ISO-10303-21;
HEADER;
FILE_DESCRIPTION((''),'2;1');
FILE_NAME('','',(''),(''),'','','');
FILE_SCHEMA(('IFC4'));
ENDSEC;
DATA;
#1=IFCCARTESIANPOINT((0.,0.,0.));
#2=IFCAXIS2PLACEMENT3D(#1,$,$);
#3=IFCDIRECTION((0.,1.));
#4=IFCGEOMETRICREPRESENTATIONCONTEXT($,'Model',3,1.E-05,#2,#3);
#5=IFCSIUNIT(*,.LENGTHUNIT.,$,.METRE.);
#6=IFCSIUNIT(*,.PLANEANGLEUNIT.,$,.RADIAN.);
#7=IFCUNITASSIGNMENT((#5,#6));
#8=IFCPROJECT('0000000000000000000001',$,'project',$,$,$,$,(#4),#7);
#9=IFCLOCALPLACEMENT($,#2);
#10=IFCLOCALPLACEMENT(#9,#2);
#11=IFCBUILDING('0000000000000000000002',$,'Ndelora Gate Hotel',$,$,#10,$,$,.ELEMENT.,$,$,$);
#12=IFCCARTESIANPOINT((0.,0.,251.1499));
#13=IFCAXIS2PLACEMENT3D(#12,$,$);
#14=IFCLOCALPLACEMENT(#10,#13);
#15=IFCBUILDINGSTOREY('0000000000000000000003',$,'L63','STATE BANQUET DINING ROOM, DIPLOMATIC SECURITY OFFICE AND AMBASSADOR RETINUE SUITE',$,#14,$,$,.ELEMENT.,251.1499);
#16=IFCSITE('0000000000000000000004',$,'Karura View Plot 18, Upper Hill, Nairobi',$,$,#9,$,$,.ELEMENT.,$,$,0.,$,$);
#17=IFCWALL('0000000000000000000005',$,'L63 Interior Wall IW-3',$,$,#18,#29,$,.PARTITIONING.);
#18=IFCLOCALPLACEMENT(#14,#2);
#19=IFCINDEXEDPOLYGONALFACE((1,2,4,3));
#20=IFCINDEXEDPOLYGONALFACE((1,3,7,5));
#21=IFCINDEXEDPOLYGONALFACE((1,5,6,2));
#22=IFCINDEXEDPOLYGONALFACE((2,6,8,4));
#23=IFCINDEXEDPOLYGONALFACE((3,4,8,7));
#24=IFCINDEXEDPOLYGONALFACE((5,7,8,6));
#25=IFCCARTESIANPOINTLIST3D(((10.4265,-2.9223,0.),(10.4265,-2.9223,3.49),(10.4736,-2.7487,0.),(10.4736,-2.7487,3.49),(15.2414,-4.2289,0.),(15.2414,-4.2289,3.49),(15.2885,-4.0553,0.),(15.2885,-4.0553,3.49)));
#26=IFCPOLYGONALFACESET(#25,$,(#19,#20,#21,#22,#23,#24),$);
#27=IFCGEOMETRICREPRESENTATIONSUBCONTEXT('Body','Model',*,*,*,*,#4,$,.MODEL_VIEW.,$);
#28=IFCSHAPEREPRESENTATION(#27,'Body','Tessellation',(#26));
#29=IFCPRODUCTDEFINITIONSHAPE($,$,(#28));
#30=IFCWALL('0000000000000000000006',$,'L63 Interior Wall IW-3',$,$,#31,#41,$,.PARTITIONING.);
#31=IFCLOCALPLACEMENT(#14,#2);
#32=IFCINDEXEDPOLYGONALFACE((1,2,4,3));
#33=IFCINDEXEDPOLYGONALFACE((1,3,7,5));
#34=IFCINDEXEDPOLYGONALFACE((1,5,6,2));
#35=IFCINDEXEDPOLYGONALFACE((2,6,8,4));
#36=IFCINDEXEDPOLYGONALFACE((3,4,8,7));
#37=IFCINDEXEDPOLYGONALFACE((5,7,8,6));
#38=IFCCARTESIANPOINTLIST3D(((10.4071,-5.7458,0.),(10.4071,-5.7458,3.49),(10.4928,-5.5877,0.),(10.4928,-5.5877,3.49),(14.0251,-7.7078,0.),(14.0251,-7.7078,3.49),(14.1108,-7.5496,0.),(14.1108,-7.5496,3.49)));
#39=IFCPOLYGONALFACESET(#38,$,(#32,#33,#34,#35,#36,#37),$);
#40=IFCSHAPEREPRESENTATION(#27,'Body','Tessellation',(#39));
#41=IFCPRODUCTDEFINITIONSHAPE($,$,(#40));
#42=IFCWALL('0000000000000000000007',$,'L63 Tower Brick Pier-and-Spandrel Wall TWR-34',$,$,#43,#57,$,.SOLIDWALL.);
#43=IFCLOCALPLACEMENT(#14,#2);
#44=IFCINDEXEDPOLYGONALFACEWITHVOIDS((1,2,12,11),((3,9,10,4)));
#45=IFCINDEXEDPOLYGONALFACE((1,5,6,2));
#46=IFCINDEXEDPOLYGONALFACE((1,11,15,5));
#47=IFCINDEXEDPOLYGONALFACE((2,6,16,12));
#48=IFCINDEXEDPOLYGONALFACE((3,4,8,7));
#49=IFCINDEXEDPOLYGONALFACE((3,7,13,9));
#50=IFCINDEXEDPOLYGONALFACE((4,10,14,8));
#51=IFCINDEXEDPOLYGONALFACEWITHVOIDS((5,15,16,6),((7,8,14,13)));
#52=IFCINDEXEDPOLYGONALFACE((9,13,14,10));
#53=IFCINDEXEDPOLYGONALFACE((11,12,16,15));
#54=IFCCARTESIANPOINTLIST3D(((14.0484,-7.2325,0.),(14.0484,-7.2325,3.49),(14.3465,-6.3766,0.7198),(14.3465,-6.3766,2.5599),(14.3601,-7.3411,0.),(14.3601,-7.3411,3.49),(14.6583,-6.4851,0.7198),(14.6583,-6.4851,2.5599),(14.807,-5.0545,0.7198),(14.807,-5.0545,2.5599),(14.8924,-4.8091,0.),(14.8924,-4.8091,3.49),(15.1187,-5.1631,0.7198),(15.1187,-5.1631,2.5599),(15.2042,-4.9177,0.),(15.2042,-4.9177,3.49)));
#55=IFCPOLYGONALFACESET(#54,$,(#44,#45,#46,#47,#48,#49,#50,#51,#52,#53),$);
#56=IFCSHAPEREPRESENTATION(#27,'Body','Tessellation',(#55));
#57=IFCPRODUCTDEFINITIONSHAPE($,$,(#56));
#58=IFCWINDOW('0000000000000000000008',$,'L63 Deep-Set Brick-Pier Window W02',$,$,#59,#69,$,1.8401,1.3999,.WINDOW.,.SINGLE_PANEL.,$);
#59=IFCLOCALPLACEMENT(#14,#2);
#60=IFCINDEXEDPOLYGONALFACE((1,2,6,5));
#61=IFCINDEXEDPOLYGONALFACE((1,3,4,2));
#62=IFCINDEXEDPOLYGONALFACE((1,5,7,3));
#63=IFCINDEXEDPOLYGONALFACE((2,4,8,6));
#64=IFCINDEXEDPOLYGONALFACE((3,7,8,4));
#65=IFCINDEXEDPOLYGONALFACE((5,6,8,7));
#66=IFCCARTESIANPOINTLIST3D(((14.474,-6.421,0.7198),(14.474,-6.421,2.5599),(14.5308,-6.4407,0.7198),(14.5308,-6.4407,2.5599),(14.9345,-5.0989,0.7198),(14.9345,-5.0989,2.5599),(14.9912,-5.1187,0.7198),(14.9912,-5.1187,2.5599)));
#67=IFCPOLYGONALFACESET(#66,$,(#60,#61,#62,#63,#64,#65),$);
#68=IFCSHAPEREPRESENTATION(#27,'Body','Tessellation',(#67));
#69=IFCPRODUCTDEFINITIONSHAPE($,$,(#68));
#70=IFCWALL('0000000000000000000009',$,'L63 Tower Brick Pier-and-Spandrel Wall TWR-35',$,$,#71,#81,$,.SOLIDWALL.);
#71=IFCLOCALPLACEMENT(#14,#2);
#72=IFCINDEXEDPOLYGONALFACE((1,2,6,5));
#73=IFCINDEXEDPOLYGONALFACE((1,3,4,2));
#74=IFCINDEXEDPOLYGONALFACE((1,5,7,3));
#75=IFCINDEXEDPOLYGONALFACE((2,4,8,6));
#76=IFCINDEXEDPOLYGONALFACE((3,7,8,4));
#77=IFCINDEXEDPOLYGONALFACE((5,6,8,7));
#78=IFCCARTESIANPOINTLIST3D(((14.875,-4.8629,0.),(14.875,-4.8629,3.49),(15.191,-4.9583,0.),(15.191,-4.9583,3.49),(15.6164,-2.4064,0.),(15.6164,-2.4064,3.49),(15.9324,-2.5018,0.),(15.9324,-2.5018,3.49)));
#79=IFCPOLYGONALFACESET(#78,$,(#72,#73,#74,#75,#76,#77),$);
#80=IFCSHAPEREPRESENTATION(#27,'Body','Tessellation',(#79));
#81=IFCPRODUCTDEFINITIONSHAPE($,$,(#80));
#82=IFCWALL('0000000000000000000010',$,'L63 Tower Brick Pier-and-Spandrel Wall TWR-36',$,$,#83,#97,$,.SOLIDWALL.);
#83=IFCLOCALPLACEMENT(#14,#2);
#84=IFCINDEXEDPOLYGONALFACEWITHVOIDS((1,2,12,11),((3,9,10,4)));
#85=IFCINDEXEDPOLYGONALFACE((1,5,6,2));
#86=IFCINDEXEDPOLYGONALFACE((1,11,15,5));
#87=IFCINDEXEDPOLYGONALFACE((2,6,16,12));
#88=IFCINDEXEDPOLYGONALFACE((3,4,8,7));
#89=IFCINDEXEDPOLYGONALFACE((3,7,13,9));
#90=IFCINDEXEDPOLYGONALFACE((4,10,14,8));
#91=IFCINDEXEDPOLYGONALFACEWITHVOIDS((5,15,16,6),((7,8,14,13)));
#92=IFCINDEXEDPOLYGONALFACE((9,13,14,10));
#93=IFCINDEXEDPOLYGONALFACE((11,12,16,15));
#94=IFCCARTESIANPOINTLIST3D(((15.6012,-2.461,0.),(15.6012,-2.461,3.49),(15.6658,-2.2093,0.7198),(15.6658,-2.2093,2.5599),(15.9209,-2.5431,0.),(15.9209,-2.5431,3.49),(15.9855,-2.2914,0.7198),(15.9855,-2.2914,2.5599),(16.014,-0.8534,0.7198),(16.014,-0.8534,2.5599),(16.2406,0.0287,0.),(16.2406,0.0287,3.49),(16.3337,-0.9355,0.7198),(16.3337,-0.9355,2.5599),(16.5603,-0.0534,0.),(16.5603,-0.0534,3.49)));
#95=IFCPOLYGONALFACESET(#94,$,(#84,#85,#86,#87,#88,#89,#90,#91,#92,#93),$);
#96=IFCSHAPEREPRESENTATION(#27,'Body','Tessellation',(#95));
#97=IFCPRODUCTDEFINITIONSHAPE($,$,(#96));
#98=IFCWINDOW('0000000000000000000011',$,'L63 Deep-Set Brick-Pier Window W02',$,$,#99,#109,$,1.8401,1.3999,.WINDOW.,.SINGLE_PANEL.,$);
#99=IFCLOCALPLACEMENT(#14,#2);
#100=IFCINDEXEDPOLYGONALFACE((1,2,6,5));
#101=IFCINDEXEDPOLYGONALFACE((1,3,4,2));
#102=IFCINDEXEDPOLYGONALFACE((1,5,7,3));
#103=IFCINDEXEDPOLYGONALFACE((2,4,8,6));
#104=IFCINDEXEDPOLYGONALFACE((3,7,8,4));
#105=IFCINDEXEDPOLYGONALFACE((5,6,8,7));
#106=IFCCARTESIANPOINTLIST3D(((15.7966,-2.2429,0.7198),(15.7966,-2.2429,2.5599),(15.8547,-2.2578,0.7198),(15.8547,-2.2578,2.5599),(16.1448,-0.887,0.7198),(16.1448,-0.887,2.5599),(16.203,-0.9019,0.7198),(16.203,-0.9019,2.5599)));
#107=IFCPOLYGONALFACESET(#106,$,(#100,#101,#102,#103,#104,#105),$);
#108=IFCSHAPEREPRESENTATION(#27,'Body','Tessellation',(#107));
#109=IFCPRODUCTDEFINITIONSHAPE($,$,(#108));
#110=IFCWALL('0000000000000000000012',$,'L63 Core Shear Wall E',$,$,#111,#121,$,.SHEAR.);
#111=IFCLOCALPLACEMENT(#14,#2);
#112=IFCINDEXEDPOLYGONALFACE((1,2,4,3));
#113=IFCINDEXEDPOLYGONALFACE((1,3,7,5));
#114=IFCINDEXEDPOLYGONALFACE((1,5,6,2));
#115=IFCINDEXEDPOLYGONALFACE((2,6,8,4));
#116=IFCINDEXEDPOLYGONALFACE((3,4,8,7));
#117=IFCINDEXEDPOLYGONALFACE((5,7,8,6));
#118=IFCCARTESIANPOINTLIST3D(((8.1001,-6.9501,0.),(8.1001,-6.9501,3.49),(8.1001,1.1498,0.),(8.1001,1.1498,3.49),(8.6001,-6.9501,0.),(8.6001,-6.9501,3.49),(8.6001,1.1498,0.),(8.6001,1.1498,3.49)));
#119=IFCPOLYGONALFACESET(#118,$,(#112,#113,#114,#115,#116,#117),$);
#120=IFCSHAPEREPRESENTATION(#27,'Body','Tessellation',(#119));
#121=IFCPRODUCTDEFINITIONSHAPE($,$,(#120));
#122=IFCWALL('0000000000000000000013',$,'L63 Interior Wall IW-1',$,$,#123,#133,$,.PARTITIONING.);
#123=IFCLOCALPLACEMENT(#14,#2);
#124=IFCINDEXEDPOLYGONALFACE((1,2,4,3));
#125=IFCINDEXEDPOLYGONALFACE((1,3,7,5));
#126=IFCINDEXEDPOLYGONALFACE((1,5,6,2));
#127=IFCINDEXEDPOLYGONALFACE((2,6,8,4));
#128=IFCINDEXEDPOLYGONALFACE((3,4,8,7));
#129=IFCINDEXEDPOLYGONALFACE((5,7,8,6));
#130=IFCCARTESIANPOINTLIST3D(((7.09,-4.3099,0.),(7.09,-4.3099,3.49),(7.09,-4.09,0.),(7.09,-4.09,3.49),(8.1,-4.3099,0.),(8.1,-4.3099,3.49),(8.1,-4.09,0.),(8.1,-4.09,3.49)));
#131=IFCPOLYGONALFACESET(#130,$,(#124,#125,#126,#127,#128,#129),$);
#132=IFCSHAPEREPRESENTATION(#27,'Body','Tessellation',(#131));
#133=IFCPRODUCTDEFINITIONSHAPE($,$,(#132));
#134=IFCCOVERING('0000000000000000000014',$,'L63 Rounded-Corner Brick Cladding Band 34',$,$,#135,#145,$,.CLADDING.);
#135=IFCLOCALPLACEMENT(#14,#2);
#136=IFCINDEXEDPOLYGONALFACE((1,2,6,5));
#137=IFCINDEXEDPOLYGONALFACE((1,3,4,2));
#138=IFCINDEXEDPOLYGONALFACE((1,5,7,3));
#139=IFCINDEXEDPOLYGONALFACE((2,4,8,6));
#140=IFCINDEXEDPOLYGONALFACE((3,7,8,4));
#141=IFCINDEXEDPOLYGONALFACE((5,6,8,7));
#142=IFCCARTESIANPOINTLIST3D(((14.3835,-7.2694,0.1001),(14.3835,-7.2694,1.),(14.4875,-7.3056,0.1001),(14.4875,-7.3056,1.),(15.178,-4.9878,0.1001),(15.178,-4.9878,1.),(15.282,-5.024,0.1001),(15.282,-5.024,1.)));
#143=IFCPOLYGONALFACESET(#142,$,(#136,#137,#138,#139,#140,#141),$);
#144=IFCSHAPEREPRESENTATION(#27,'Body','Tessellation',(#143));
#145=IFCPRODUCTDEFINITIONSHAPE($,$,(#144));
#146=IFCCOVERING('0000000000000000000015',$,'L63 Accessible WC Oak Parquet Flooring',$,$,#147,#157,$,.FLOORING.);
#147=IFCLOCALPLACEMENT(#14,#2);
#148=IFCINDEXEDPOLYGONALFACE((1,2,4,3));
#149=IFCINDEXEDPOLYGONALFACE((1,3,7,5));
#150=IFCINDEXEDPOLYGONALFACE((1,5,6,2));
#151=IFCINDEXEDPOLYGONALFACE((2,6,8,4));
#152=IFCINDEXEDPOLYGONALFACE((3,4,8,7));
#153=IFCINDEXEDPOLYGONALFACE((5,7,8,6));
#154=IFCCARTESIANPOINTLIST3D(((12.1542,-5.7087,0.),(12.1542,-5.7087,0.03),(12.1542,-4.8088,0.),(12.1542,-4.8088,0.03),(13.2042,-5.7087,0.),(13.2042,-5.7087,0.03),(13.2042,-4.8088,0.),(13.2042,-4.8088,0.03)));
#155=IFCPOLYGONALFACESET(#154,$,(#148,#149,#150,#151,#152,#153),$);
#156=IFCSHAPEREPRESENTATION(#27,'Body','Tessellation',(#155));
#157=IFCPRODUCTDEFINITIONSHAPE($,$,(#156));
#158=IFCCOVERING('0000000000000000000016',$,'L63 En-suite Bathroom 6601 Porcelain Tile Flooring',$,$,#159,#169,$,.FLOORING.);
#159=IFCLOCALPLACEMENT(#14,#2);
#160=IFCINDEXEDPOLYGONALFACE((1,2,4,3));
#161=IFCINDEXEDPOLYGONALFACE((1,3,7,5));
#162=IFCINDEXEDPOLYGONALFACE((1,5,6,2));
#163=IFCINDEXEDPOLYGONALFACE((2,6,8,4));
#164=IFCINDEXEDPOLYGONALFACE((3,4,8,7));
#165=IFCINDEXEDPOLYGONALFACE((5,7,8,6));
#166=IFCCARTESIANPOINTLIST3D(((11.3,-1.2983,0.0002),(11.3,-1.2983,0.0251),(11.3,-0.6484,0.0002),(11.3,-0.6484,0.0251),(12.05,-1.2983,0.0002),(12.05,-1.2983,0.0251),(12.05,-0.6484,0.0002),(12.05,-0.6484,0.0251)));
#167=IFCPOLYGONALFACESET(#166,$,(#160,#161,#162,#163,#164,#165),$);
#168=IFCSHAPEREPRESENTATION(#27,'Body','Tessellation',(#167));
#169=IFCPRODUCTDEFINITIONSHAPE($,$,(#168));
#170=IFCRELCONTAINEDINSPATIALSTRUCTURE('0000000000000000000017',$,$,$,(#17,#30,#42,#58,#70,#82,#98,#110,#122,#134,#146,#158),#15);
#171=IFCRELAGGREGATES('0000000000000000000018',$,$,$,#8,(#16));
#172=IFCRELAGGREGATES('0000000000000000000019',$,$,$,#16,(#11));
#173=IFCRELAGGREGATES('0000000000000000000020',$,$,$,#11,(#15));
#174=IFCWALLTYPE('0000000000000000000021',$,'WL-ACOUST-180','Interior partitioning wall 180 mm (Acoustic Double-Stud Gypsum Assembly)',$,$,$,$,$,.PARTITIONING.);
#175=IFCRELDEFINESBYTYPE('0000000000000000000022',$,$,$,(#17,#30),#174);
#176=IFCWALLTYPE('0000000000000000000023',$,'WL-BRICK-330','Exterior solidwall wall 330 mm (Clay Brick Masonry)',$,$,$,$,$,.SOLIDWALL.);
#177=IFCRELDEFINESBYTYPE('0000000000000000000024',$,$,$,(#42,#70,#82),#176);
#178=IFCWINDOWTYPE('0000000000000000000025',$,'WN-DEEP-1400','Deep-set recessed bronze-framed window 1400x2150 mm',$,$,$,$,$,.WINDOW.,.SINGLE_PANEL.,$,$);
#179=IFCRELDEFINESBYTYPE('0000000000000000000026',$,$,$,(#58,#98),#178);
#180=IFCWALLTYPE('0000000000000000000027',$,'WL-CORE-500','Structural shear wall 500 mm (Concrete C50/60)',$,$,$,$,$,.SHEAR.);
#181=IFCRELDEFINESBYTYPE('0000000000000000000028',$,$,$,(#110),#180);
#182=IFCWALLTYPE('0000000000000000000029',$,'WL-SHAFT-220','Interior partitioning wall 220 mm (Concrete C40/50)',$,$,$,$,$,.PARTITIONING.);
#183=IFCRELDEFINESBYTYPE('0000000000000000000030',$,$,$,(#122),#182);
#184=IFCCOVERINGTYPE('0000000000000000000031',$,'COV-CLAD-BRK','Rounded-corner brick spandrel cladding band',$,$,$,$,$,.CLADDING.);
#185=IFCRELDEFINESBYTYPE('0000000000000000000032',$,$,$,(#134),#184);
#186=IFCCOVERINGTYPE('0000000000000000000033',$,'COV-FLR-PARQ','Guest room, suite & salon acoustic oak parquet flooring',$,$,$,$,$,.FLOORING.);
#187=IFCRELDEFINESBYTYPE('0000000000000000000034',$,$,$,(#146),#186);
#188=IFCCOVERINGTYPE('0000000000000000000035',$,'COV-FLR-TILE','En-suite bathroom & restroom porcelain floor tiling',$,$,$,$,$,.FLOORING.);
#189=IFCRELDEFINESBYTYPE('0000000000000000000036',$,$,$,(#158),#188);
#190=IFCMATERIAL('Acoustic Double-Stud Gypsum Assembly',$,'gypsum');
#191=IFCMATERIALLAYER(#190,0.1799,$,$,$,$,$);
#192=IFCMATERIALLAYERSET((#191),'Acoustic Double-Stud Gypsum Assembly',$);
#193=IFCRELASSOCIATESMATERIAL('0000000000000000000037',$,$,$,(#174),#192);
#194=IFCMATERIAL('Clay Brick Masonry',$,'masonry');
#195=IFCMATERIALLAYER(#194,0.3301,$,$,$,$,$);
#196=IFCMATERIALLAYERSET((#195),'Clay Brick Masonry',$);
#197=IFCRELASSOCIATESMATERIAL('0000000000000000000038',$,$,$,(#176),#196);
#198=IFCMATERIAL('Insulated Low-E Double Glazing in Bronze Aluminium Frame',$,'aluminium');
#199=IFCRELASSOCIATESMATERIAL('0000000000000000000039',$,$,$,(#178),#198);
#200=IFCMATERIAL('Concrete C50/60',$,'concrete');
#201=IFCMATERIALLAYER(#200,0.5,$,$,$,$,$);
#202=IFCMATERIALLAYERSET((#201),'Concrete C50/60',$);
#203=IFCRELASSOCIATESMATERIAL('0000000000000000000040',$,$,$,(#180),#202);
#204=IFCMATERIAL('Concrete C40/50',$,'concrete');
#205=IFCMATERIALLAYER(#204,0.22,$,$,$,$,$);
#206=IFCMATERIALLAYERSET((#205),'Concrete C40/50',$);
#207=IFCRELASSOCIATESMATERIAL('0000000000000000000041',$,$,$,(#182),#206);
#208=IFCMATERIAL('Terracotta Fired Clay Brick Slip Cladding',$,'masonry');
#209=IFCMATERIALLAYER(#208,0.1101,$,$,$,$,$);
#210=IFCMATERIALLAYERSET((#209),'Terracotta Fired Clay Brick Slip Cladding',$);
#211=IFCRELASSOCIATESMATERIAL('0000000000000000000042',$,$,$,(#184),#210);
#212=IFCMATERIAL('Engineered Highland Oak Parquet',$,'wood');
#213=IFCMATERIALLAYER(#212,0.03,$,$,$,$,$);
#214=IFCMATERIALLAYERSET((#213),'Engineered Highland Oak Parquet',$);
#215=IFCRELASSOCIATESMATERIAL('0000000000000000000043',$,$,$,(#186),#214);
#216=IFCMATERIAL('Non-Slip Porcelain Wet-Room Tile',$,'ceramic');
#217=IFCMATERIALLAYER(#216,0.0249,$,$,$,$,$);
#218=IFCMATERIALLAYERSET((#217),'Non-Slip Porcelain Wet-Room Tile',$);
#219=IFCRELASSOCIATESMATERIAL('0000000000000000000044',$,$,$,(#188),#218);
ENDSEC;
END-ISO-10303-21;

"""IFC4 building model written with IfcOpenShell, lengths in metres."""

from ifc_helpers import new_model, si_unit, direction, frame, frame_2d, origin, origin_2d, place, context, subcontext, project, spatial, rectangle, extrude, material, layer, layer_set, type_object, element, fill, save


model = new_model("IFC4")

# Units and contexts
model_context = context("Model", 3, precision=1e-05, world=origin(), true_north=direction((0.0, 1.0)))
body_context = subcontext(model_context, "Body", "Model", "MODEL_VIEW")
ifc_project = project(units=[si_unit("LENGTHUNIT", "METRE"), si_unit("PLANEANGLEUNIT", "RADIAN")], contexts=[model_context])

# Site, building, storey
site_placement = place(None, origin())
site = spatial("IfcSite", under=ifc_project, at=site_placement, Name="Karura View Plot 18, Upper Hill, Nairobi", CompositionType="ELEMENT", RefElevation=0.0)
building_placement = place(site_placement, origin())
building = spatial("IfcBuilding", under=site, at=building_placement, Name="Ndelora Gate Hotel", CompositionType="ELEMENT")
storey_placement = place(building_placement, frame((0.0, 0.0, 251.1499)))
storey = spatial("IfcBuildingStorey", under=building, at=storey_placement, Name="L63", Description="STATE BANQUET DINING ROOM, DIPLOMATIC SECURITY OFFICE AND AMBASSADOR RETINUE SUITE", CompositionType="ELEMENT", Elevation=251.1499)

# Shared definitions
ifc_material_1 = material(Name="Concrete C50/60", Category="concrete")

# Walls
ifc_material_2 = material(Name="Acoustic Double-Stud Gypsum Assembly", Category="gypsum")
ifc_layer_1 = layer(ifc_material_2, 0.1799)
ifc_layer_set_1 = layer_set([ifc_layer_1], Name="Acoustic Double-Stud Gypsum Assembly")
wall_type_1 = type_object("IfcWallType", Name="WL-ACOUST-180", Description="Interior partitioning wall 180 mm (Acoustic Double-Stud Gypsum Assembly)", PredefinedType="PARTITIONING", material=ifc_layer_set_1)
wall_1_placement = place(storey_placement, frame((10.45, -2.8354, 0.0), z_axis=(0.0, 0.0, 1.0), x_axis=(0.965095, -0.2619, 0.0)))
element("IfcWall", 1, at=wall_1_placement, inside=storey, type_object=wall_type_1, Name="L63 Interior Wall IW-3", PredefinedType="PARTITIONING", context=body_context, shape_type="SweptSolid", body=[
    extrude(rectangle(XDim=4.989, YDim=0.1799, at=frame_2d((2.4946, 0.0))), origin(), (0.0, 0.0, 1.0), 3.49),
])
wall_2_placement = place(storey_placement, frame((10.45, -5.6667, 0.0), z_axis=(0.0, 0.0, 1.0), x_axis=(0.879067, -0.476698, 0.0)))
element("IfcWall", 2, at=wall_2_placement, inside=storey, type_object=wall_type_1, Name="L63 Interior Wall IW-3", PredefinedType="PARTITIONING", context=body_context, shape_type="SweptSolid", body=[
    extrude(rectangle(XDim=4.1157, YDim=0.1799, at=frame_2d((2.0579, 0.0))), origin(), (0.0, 0.0, 1.0), 3.49),
])

# Wall, opening, window
ifc_material_3 = material(Name="Clay Brick Masonry", Category="masonry")
ifc_layer_2 = layer(ifc_material_3, 0.3301)
ifc_layer_set_2 = layer_set([ifc_layer_2], Name="Clay Brick Masonry")
wall_type_2 = type_object("IfcWallType", Name="WL-BRICK-330", Description="Exterior solidwall wall 330 mm (Clay Brick Masonry)", PredefinedType="SOLIDWALL", material=ifc_layer_set_2)
wall_3_placement = place(storey_placement, frame((15.0483, -4.8633, 0.0), z_axis=(0.0, 0.0, 1.0), x_axis=(-0.328901, -0.944365, 0.0)))
wall_3 = element("IfcWall", 3, at=wall_3_placement, inside=storey, type_object=wall_type_2, Name="L63 Tower Brick Pier-and-Spandrel Wall TWR-34", PredefinedType="SOLIDWALL", context=body_context, shape_type="SweptSolid", body=[
    extrude(rectangle(XDim=2.5662, YDim=0.3301, at=frame_2d((1.2832, 0.0))), origin(), (0.0, 0.0, 1.0), 3.49),
])
opening_1_placement = place(wall_3_placement, frame((0.26, 0.0, 0.72)))
opening_1 = element("IfcOpeningElement", 4, at=opening_1_placement, cuts=wall_3, PredefinedType="OPENING", context=body_context, shape_type="SweptSolid", body=[
    extrude(rectangle(XDim=1.3999, YDim=1.8401, at=frame_2d((0.7, 0.9199))), frame((0.0, 0.175, 0.0), z_axis=(0.0, -1.0, 0.0), x_axis=(1.0, 0.0, 0.0)), (0.0, 0.0, 1.0), 0.3501),
])
ifc_material_4 = material(Name="Insulated Low-E Double Glazing in Bronze Aluminium Frame", Category="aluminium")
window_type = type_object("IfcWindowType", Name="WN-DEEP-1400", Description="Deep-set recessed bronze-framed window 1400x2150 mm", PartitioningType="SINGLE_PANEL", PredefinedType="WINDOW", material=ifc_material_4)
window_1_placement = place(opening_1_placement, origin())
window_1 = element("IfcWindow", 5, at=window_1_placement, inside=storey, type_object=window_type, Name="L63 Deep-Set Brick-Pier Window W02", OverallHeight=1.8401, OverallWidth=1.3999, PartitioningType="SINGLE_PANEL", PredefinedType="WINDOW", context=body_context, shape_type="SweptSolid", body=[
    extrude(rectangle(XDim=1.3999, YDim=1.8401, at=frame_2d((0.7, 0.9199))), frame((0.0, 0.03, 0.0), z_axis=(0.0, -1.0, 0.0), x_axis=(1.0, 0.0, 0.0)), (0.0, 0.0, 1.0), 0.0601),
])
fill(opening_1, window_1)

# Wall
wall_4_placement = place(storey_placement, frame((15.7744, -2.4541, 0.0), z_axis=(0.0, 0.0, 1.0), x_axis=(-0.288954, -0.957343, 0.0)))
element("IfcWall", 6, at=wall_4_placement, inside=storey, type_object=wall_type_2, Name="L63 Tower Brick Pier-and-Spandrel Wall TWR-35", PredefinedType="SOLIDWALL", context=body_context, shape_type="SweptSolid", body=[
    extrude(rectangle(XDim=2.5659, YDim=0.3301, at=frame_2d((1.283, 0.0))), origin(), (0.0, 0.0, 1.0), 3.49),
])

# Wall, opening, window
wall_5_placement = place(storey_placement, frame((16.4004, -0.0125, 0.0), z_axis=(0.0, 0.0, 1.0), x_axis=(-0.248743, -0.968569, 0.0)))
wall_5 = element("IfcWall", 7, at=wall_5_placement, inside=storey, type_object=wall_type_2, Name="L63 Tower Brick Pier-and-Spandrel Wall TWR-36", PredefinedType="SOLIDWALL", context=body_context, shape_type="SweptSolid", body=[
    extrude(rectangle(XDim=2.5706, YDim=0.3301, at=frame_2d((1.2852, 0.0))), origin(), (0.0, 0.0, 1.0), 3.49),
])
opening_2_placement = place(wall_5_placement, frame((0.9106, 0.0, 0.72)))
opening_2 = element("IfcOpeningElement", 8, at=opening_2_placement, cuts=wall_5, PredefinedType="OPENING", context=body_context, shape_type="SweptSolid", body=[
    extrude(rectangle(XDim=1.3999, YDim=1.8401, at=frame_2d((0.7, 0.9199))), frame((0.0, 0.175, 0.0), z_axis=(0.0, -1.0, 0.0), x_axis=(1.0, 0.0, 0.0)), (0.0, 0.0, 1.0), 0.3501),
])
window_2_placement = place(opening_2_placement, origin())
window_2 = element("IfcWindow", 9, at=window_2_placement, inside=storey, type_object=window_type, Name="L63 Deep-Set Brick-Pier Window W02", OverallHeight=1.8401, OverallWidth=1.3999, PartitioningType="SINGLE_PANEL", PredefinedType="WINDOW", context=body_context, shape_type="SweptSolid", body=[
    extrude(rectangle(XDim=1.3999, YDim=1.8401, at=frame_2d((0.7, 0.9199))), frame((0.0, 0.03, 0.0), z_axis=(0.0, -1.0, 0.0), x_axis=(1.0, 0.0, 0.0)), (0.0, 0.0, 1.0), 0.0601),
])
fill(opening_2, window_2)

# Walls
ifc_layer_3 = layer(ifc_material_1, 0.5)
ifc_layer_set_3 = layer_set([ifc_layer_3], Name="Concrete C50/60")
wall_type_3 = type_object("IfcWallType", Name="WL-CORE-500", Description="Structural shear wall 500 mm (Concrete C50/60)", PredefinedType="SHEAR", material=ifc_layer_set_3)
wall_6_placement = place(storey_placement, frame((8.3501, -6.95, 0.0), z_axis=(0.0, 0.0, 1.0), x_axis=(0.0, 1.0, 0.0)))
element("IfcWall", 10, at=wall_6_placement, inside=storey, type_object=wall_type_3, Name="L63 Core Shear Wall E", PredefinedType="SHEAR", context=body_context, shape_type="SweptSolid", body=[
    extrude(rectangle(XDim=8.0999, YDim=0.5, at=frame_2d((4.0498, 0.0))), origin(), (0.0, 0.0, 1.0), 3.49),
])
ifc_material_5 = material(Name="Concrete C40/50", Category="concrete")
ifc_layer_4 = layer(ifc_material_5, 0.22)
ifc_layer_set_4 = layer_set([ifc_layer_4], Name="Concrete C40/50")
wall_type_4 = type_object("IfcWallType", Name="WL-SHAFT-220", Description="Interior partitioning wall 220 mm (Concrete C40/50)", PredefinedType="PARTITIONING", material=ifc_layer_set_4)
wall_7_placement = place(storey_placement, frame((7.0901, -4.2, 0.0), z_axis=(0.0, 0.0, 1.0), x_axis=(1.0, 0.0, 0.0)))
element("IfcWall", 11, at=wall_7_placement, inside=storey, type_object=wall_type_4, Name="L63 Interior Wall IW-1", PredefinedType="PARTITIONING", context=body_context, shape_type="SweptSolid", body=[
    extrude(rectangle(XDim=1.01, YDim=0.22, at=frame_2d((0.5049, 0.0))), origin(), (0.0, 0.0, 1.0), 3.49),
])

# Coverings
ifc_material_6 = material(Name="Terracotta Fired Clay Brick Slip Cladding", Category="masonry")
ifc_layer_5 = layer(ifc_material_6, 0.1101)
ifc_layer_set_5 = layer_set([ifc_layer_5], Name="Terracotta Fired Clay Brick Slip Cladding")
covering_type_1 = type_object("IfcCoveringType", Name="COV-CLAD-BRK", Description="Rounded-corner brick spandrel cladding band", PredefinedType="CLADDING", material=ifc_layer_set_5)
covering_1_placement = place(storey_placement, frame((14.8328, -6.1467, 0.1001), z_axis=(0.0, 0.0, 1.0), x_axis=(0.328867, 0.944376, 0.0)))
element("IfcCovering", 12, at=covering_1_placement, inside=storey, type_object=covering_type_1, Name="L63 Rounded-Corner Brick Cladding Band 34", PredefinedType="CLADDING", context=body_context, shape_type="SweptSolid", body=[
    extrude(rectangle(XDim=2.416, YDim=0.1101, at=origin_2d()), origin(), (0.0, 0.0, 1.0), 0.8999),
])
ifc_material_7 = material(Name="Engineered Highland Oak Parquet", Category="wood")
ifc_layer_6 = layer(ifc_material_7, 0.03)
ifc_layer_set_6 = layer_set([ifc_layer_6], Name="Engineered Highland Oak Parquet")
covering_type_2 = type_object("IfcCoveringType", Name="COV-FLR-PARQ", Description="Guest room, suite & salon acoustic oak parquet flooring", PredefinedType="FLOORING", material=ifc_layer_set_6)
covering_2_placement = place(storey_placement, frame((12.6792, -5.2588, 0.0), z_axis=(0.0, 0.0, 1.0), x_axis=(1.0, 0.0, 0.0)))
element("IfcCovering", 13, at=covering_2_placement, inside=storey, type_object=covering_type_2, Name="L63 Accessible WC Oak Parquet Flooring", PredefinedType="FLOORING", context=body_context, shape_type="SweptSolid", body=[
    extrude(rectangle(XDim=1.05, YDim=0.8999, at=origin_2d()), origin(), (0.0, 0.0, 1.0), 0.03),
])
ifc_material_8 = material(Name="Non-Slip Porcelain Wet-Room Tile", Category="ceramic")
ifc_layer_7 = layer(ifc_material_8, 0.0249)
ifc_layer_set_7 = layer_set([ifc_layer_7], Name="Non-Slip Porcelain Wet-Room Tile")
covering_type_3 = type_object("IfcCoveringType", Name="COV-FLR-TILE", Description="En-suite bathroom & restroom porcelain floor tiling", PredefinedType="FLOORING", material=ifc_layer_set_7)
covering_3_placement = place(storey_placement, frame((11.675, -0.9734, 0.0002), z_axis=(0.0, 0.0, 1.0), x_axis=(1.0, 0.0, 0.0)))
element("IfcCovering", 14, at=covering_3_placement, inside=storey, type_object=covering_type_3, Name="L63 En-suite Bathroom 6601 Porcelain Tile Flooring", PredefinedType="FLOORING", context=body_context, shape_type="SweptSolid", body=[
    extrude(rectangle(XDim=0.75, YDim=0.6499, at=origin_2d()), origin(), (0.0, 0.0, 1.0), 0.0249),
])

save(model, "model.ifc")
